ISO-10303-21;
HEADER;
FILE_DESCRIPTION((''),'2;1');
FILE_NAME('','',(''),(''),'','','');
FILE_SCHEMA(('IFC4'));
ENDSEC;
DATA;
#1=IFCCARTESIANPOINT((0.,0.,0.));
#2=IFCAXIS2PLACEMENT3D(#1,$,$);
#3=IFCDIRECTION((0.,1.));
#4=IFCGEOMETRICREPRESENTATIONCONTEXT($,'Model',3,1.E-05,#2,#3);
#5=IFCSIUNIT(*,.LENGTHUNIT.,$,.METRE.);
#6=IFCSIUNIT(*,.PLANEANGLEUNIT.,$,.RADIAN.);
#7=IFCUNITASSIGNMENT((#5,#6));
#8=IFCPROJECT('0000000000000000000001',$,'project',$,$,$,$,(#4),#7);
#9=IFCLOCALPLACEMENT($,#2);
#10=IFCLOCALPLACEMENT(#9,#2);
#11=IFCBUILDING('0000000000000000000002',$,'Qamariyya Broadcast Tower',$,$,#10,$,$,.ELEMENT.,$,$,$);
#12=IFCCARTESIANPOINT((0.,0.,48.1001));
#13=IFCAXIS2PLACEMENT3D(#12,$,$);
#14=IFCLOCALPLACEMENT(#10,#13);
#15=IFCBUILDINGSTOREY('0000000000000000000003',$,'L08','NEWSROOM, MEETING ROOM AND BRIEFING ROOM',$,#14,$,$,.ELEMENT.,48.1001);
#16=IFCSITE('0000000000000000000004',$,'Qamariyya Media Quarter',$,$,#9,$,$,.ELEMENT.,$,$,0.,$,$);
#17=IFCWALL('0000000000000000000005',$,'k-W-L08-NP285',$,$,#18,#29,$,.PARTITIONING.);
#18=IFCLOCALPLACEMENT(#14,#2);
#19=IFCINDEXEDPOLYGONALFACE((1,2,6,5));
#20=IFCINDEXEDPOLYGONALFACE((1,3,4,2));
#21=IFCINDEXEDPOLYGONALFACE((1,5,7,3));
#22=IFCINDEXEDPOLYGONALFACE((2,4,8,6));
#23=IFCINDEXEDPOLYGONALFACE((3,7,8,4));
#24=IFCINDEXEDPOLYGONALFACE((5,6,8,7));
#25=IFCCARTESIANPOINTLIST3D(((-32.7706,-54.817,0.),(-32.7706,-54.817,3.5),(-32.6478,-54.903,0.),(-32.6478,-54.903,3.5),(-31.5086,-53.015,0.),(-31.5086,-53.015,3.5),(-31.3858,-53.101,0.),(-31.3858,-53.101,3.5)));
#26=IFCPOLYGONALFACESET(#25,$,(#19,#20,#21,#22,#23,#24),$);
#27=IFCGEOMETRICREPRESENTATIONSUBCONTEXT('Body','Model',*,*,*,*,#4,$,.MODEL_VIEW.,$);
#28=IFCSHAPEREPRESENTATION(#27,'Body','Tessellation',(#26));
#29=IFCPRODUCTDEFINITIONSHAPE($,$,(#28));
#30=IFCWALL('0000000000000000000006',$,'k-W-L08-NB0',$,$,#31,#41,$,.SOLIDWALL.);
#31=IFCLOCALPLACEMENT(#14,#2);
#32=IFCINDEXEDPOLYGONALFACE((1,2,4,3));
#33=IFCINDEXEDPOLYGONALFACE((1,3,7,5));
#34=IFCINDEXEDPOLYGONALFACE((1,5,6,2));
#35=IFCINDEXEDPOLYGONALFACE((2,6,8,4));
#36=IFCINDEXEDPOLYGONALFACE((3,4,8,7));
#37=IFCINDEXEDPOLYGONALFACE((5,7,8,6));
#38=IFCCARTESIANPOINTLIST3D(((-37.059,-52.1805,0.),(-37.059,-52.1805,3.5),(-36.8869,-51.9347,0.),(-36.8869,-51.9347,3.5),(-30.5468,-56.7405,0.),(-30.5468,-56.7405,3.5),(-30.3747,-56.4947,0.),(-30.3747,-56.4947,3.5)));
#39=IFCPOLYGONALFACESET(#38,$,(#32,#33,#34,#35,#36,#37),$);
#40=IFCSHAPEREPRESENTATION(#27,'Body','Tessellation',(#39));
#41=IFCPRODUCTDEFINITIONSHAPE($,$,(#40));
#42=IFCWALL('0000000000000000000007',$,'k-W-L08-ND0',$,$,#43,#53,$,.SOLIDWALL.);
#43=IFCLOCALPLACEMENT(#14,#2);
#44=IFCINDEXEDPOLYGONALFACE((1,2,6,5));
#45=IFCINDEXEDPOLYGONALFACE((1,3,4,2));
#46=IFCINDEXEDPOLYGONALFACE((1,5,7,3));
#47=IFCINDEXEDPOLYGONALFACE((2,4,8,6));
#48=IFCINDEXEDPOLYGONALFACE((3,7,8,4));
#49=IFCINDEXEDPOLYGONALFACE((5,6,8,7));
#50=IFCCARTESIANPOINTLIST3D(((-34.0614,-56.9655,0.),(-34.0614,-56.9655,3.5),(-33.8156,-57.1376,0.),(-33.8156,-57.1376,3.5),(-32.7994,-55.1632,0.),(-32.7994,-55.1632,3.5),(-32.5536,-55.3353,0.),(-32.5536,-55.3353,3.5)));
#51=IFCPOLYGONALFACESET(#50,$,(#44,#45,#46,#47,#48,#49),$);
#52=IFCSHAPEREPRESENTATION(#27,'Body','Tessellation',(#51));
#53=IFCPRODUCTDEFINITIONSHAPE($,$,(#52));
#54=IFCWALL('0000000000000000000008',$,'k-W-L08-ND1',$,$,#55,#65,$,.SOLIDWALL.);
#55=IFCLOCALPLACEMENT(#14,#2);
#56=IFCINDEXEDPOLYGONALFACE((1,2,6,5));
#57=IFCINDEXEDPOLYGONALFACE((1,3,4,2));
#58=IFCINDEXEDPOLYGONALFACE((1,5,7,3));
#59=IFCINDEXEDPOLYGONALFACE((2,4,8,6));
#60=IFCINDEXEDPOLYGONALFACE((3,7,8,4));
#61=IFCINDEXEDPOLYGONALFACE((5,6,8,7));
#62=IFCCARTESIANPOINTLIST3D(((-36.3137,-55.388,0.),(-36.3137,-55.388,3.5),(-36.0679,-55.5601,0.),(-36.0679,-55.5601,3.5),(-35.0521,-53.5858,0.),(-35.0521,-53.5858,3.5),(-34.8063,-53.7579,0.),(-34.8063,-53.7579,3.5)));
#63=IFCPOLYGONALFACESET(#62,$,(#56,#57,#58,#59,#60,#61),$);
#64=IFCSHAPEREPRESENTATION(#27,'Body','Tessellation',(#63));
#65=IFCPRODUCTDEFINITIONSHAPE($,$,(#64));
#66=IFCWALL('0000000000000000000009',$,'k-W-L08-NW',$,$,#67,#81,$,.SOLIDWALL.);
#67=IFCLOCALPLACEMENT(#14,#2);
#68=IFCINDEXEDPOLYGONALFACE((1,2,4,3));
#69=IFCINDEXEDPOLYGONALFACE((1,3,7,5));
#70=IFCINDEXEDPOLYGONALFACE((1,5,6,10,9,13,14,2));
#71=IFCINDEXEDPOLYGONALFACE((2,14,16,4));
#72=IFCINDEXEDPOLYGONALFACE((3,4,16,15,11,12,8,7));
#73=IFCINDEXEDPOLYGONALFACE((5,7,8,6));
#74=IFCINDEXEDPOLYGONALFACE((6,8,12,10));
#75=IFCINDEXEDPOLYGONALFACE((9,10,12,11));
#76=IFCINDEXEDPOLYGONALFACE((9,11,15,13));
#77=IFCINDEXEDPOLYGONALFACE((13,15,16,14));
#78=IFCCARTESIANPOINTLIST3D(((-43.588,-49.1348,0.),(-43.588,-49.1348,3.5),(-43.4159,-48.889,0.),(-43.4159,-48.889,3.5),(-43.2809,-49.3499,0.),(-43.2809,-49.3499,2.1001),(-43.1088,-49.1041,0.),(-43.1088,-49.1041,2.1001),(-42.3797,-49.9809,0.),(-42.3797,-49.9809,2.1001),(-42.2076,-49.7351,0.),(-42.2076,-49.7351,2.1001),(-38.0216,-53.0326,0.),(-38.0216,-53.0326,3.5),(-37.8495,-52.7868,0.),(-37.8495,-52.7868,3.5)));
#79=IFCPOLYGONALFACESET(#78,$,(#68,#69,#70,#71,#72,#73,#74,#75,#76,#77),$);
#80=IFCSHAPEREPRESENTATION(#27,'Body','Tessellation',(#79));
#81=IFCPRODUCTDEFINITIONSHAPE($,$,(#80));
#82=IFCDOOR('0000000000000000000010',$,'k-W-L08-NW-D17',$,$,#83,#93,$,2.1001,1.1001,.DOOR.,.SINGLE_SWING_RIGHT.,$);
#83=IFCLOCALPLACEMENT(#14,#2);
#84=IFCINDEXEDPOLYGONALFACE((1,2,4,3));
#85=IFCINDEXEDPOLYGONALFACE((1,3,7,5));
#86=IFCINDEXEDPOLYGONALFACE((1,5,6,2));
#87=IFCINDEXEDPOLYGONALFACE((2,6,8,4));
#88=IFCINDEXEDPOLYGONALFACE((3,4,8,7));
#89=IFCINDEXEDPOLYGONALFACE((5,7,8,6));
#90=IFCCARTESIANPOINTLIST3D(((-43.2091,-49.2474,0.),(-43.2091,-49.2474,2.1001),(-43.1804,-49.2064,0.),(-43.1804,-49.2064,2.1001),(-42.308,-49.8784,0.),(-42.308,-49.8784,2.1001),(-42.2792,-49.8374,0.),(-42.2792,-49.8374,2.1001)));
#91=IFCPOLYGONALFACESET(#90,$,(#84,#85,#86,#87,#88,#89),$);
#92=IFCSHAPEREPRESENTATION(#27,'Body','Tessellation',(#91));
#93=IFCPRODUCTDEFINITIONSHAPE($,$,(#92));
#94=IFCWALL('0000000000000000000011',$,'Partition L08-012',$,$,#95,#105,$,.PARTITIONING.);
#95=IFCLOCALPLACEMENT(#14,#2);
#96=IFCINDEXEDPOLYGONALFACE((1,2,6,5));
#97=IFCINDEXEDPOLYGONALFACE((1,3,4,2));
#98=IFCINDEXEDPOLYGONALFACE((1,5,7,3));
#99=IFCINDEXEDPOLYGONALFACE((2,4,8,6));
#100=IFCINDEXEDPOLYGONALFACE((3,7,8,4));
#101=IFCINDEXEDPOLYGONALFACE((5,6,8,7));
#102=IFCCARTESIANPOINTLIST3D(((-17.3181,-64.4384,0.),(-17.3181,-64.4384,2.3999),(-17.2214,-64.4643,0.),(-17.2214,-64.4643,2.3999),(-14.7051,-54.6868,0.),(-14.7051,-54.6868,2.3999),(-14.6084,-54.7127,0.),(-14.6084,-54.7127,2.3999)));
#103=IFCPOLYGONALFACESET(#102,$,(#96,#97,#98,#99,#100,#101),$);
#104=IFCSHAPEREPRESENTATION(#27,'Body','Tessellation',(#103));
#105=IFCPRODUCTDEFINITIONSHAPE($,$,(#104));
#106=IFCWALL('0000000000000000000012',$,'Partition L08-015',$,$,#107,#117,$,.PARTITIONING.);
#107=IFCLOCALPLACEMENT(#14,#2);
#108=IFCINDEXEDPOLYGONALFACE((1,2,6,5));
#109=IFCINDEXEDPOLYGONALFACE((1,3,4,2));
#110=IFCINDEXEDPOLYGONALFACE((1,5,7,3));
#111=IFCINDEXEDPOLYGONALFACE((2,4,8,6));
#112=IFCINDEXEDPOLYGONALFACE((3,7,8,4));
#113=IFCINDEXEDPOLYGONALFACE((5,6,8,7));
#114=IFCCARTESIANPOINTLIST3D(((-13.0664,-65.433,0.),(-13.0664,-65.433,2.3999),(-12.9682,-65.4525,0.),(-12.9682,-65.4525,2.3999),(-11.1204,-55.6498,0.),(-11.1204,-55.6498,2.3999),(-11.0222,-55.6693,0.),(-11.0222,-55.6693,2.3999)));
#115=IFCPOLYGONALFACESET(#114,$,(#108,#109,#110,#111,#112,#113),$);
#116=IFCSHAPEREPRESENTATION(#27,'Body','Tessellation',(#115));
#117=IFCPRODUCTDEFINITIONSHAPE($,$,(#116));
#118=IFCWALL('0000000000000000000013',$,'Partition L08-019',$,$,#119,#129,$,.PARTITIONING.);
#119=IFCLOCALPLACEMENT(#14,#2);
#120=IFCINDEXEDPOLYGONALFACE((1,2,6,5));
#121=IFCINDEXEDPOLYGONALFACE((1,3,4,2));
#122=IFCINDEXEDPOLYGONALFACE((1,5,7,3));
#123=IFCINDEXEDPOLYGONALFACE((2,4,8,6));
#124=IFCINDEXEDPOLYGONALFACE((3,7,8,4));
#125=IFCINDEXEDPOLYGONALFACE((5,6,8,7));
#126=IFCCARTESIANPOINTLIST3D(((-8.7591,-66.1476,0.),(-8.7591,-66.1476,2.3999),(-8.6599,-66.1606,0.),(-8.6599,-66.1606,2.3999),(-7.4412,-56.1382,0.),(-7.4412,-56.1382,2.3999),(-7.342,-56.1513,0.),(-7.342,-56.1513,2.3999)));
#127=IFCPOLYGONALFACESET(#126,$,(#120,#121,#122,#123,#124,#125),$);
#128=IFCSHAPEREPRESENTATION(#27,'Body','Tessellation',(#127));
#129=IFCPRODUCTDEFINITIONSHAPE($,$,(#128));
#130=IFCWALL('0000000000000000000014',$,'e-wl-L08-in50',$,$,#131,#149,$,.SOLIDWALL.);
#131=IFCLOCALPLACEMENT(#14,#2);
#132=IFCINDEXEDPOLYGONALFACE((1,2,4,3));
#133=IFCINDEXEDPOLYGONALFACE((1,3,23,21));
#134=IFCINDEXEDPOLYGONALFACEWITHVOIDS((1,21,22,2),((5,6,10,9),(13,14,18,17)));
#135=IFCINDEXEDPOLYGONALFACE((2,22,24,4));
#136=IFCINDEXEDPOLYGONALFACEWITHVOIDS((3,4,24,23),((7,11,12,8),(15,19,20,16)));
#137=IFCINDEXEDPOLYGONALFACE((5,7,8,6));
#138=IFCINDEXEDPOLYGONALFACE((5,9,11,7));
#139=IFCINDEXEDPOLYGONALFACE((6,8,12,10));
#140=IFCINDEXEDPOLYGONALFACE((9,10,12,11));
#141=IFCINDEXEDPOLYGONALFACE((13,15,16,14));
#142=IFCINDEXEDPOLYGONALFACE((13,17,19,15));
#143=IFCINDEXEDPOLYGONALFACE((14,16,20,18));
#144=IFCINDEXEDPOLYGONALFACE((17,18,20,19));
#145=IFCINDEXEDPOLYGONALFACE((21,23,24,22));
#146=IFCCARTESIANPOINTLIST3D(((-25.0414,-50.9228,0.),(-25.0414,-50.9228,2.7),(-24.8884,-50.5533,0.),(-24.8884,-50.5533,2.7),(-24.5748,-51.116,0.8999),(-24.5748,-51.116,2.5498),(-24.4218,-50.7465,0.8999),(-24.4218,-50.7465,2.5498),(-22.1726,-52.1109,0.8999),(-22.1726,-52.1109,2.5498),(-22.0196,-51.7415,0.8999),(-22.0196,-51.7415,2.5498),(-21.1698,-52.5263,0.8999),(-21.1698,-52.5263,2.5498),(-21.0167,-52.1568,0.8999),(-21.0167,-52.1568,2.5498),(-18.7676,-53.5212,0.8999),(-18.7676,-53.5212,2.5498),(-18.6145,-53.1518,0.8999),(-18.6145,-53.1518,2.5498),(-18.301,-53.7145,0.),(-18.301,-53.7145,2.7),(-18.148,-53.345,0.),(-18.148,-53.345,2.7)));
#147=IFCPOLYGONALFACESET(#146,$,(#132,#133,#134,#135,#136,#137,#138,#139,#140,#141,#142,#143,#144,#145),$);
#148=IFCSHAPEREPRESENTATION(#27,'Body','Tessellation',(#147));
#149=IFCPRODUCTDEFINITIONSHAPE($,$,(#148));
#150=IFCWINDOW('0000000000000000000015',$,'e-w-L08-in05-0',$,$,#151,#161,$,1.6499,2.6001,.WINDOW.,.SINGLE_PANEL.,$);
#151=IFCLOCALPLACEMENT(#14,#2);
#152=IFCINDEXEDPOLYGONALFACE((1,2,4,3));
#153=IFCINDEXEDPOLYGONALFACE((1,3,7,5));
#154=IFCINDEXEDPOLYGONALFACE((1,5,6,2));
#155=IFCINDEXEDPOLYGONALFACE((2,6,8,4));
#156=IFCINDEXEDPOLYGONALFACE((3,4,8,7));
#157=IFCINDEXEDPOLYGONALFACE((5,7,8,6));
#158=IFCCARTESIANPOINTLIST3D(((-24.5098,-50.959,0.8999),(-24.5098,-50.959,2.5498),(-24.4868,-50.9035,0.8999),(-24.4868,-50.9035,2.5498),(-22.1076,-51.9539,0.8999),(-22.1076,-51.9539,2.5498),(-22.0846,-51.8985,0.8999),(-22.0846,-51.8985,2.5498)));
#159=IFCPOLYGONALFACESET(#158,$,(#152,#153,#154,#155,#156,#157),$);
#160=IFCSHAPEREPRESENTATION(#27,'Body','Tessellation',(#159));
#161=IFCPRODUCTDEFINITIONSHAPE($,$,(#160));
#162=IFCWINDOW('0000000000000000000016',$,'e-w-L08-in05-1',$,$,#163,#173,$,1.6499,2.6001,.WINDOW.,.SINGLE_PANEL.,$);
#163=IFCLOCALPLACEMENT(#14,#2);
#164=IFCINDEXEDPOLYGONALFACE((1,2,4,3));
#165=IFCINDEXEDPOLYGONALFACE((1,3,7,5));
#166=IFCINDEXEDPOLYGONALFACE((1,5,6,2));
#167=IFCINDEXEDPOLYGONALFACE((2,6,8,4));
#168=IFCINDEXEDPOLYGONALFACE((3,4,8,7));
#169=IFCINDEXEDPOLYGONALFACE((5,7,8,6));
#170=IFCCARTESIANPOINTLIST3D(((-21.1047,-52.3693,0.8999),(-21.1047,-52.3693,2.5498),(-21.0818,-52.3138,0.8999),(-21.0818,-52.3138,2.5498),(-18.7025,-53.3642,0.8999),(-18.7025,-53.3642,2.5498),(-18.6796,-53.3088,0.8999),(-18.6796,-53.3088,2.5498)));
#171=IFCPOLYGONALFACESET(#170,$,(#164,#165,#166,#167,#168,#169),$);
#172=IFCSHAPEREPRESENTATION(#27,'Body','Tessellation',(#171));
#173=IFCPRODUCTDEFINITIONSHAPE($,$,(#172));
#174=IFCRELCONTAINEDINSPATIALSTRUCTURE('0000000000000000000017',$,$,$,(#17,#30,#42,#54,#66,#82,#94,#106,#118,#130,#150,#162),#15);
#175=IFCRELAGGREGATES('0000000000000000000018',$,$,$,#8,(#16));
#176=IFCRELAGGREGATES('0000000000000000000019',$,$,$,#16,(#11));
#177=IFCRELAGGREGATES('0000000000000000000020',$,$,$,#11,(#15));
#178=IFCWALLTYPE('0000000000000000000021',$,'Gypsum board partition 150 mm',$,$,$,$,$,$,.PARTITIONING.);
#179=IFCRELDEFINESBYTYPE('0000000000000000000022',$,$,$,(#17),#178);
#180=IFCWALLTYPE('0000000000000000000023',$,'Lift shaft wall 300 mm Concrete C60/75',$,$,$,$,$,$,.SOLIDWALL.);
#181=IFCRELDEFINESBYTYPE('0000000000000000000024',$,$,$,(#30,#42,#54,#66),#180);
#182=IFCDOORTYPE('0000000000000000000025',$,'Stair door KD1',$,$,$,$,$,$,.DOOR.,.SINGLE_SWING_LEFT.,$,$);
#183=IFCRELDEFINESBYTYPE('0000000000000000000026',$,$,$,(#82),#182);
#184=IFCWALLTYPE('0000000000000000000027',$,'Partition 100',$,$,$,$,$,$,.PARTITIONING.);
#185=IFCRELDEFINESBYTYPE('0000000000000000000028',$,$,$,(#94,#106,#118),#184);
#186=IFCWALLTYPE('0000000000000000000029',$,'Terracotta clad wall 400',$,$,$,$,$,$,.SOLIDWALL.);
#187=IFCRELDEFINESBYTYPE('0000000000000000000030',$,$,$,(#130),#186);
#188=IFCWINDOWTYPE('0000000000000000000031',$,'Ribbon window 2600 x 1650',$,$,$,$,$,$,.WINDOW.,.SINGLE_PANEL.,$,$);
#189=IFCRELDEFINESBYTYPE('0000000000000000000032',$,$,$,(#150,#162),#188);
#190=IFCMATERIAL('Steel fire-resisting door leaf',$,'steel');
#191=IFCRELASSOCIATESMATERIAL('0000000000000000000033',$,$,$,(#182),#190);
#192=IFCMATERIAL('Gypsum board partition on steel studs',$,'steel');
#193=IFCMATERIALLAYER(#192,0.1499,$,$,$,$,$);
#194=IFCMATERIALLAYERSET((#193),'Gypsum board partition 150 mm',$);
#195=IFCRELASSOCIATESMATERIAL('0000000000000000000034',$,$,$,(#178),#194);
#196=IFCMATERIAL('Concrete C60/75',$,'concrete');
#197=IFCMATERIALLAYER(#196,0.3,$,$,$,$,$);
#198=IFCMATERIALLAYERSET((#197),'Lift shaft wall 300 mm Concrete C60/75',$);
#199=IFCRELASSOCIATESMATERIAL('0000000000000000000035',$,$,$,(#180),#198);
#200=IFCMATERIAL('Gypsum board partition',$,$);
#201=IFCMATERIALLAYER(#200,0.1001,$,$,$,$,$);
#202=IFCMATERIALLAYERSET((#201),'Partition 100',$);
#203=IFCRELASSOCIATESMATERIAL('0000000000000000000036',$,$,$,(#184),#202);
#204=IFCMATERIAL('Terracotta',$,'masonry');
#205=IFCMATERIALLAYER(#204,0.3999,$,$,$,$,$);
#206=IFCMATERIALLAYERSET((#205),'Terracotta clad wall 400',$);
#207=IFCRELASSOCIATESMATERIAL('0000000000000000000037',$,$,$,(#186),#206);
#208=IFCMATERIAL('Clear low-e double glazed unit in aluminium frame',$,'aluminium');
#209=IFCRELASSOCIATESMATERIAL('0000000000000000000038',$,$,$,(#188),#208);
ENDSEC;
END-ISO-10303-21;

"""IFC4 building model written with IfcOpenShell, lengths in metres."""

from ifc_helpers import new_model, si_unit, direction, frame, frame_2d, origin, place, context, subcontext, project, spatial, rectangle, extrude, material, layer, layer_set, type_object, element, fill, save


model = new_model("IFC4")

# Units and contexts
model_context = context("Model", 3, precision=1e-05, world=origin(), true_north=direction((0.0, 1.0)))
body_context = subcontext(model_context, "Body", "Model", "MODEL_VIEW")
ifc_project = project(units=[si_unit("LENGTHUNIT", "METRE"), si_unit("PLANEANGLEUNIT", "RADIAN")], contexts=[model_context])

# Site, building, storey
site_placement = place(None, origin())
site = spatial("IfcSite", under=ifc_project, at=site_placement, Name="Qamariyya Media Quarter", CompositionType="ELEMENT", RefElevation=0.0)
building_placement = place(site_placement, origin())
building = spatial("IfcBuilding", under=site, at=building_placement, Name="Qamariyya Broadcast Tower", CompositionType="ELEMENT")
storey_placement = place(building_placement, frame((0.0, 0.0, 48.1001)))
storey = spatial("IfcBuildingStorey", under=building, at=storey_placement, Name="L08", Description="NEWSROOM, MEETING ROOM AND BRIEFING ROOM", CompositionType="ELEMENT", Elevation=48.1001)

# Shared definitions
ifc_material_1 = material(Name="Steel fire-resisting door leaf", Category="steel")
door_type_1 = type_object("IfcDoorType", Name="Stair door KD1", OperationType="SINGLE_SWING_LEFT", PredefinedType="DOOR", material=ifc_material_1)

# Walls
ifc_material_2 = material(Name="Concrete C60/75", Category="concrete")
ifc_material_3 = material(Name="Gypsum board partition on steel studs", Category="steel")
ifc_layer_1 = layer(ifc_material_3, 0.1499)
ifc_layer_set_1 = layer_set([ifc_layer_1], Name="Gypsum board partition 150 mm")
wall_type_1 = type_object("IfcWallType", Name="Gypsum board partition 150 mm", PredefinedType="PARTITIONING", material=ifc_layer_set_1)
wall_1_placement = place(storey_placement, frame((-32.7092, -54.8601, 0.0), z_axis=(0.0, 0.0, 1.0), x_axis=(0.573634, 0.819112, 0.0)))
element("IfcWall", 1, at=wall_1_placement, inside=storey, type_object=wall_type_1, Name="k-W-L08-NP285", PredefinedType="PARTITIONING", context=body_context, shape_type="SweptSolid", body=[
    extrude(rectangle(XDim=2.2, YDim=0.1499, at=frame_2d((1.1001, 0.0))), origin(), (0.0, 0.0, 1.0), 3.5),
])
ifc_layer_2 = layer(ifc_material_2, 0.3)
ifc_layer_set_2 = layer_set([ifc_layer_2], Name="Lift shaft wall 300 mm Concrete C60/75")
wall_type_2 = type_object("IfcWallType", Name="Lift shaft wall 300 mm Concrete C60/75", PredefinedType="SOLIDWALL", material=ifc_layer_set_2)
wall_2_placement = place(storey_placement, frame((-30.4607, -56.6177, 0.0), z_axis=(0.0, 0.0, 1.0), x_axis=(-0.819142, 0.57359, 0.0)))
element("IfcWall", 2, at=wall_2_placement, inside=storey, type_object=wall_type_2, Name="k-W-L08-NB0", PredefinedType="SOLIDWALL", context=body_context, shape_type="SweptSolid", body=[
    extrude(rectangle(XDim=7.95, YDim=0.3, at=frame_2d((3.9751, 0.0))), origin(), (0.0, 0.0, 1.0), 3.5),
])
wall_3_placement = place(storey_placement, frame((-33.9385, -57.0515, 0.0), z_axis=(0.0, 0.0, 1.0), x_axis=(0.573581, 0.819149, 0.0)))
element("IfcWall", 3, at=wall_3_placement, inside=storey, type_object=wall_type_2, Name="k-W-L08-ND0", PredefinedType="SOLIDWALL", context=body_context, shape_type="SweptSolid", body=[
    extrude(rectangle(XDim=2.2002, YDim=0.3, at=frame_2d((1.1001, 0.0))), origin(), (0.0, 0.0, 1.0), 3.5),
])
wall_4_placement = place(storey_placement, frame((-36.1909, -55.4741, 0.0), z_axis=(0.0, 0.0, 1.0), x_axis=(0.573507, 0.819201, 0.0)))
element("IfcWall", 4, at=wall_4_placement, inside=storey, type_object=wall_type_2, Name="k-W-L08-ND1", PredefinedType="SOLIDWALL", context=body_context, shape_type="SweptSolid", body=[
    extrude(rectangle(XDim=2.2, YDim=0.3, at=frame_2d((1.1001, 0.0))), origin(), (0.0, 0.0, 1.0), 3.5),
])

# Wall, opening, door
wall_5_placement = place(storey_placement, frame((-37.9355, -52.9097, 0.0), z_axis=(0.0, 0.0, 1.0), x_axis=(-0.819148, 0.573583, 0.0)))
wall_5 = element("IfcWall", 5, at=wall_5_placement, inside=storey, type_object=wall_type_2, Name="k-W-L08-NW", PredefinedType="SOLIDWALL", context=body_context, shape_type="SweptSolid", body=[
    extrude(rectangle(XDim=6.7954, YDim=0.3, at=frame_2d((3.3977, 0.0))), origin(), (0.0, 0.0, 1.0), 3.5),
])
opening_1_placement = place(wall_5_placement, frame((5.3203, 0.0, 0.0)))
opening_1 = element("IfcOpeningElement", 6, at=opening_1_placement, cuts=wall_5, PredefinedType="OPENING", context=body_context, shape_type="SweptSolid", body=[
    extrude(rectangle(XDim=1.1001, YDim=2.1001, at=frame_2d((0.55, 1.05))), frame((0.0, 0.1599, 0.0), z_axis=(0.0, -1.0, 0.0), x_axis=(1.0, 0.0, 0.0)), (0.0, 0.0, 1.0), 0.3201),
])
door_1_placement = place(opening_1_placement, origin())
door_1 = element("IfcDoor", 7, at=door_1_placement, inside=storey, type_object=door_type_1, Name="k-W-L08-NW-D17", OperationType="SINGLE_SWING_RIGHT", OverallHeight=2.1001, OverallWidth=1.1001, PredefinedType="DOOR", context=body_context, shape_type="SweptSolid", body=[
    extrude(rectangle(XDim=1.1001, YDim=2.1001, at=frame_2d((0.55, 1.05))), frame((0.0, 0.0249, 0.0), z_axis=(0.0, -1.0, 0.0), x_axis=(1.0, 0.0, 0.0)), (0.0, 0.0, 1.0), 0.05),
])
fill(opening_1, door_1)

# Walls
ifc_material_4 = material(Name="Gypsum board partition")
ifc_layer_3 = layer(ifc_material_4, 0.1001)
ifc_layer_set_3 = layer_set([ifc_layer_3], Name="Partition 100")
wall_type_3 = type_object("IfcWallType", Name="Partition 100", PredefinedType="PARTITIONING", material=ifc_layer_set_3)
wall_6_placement = place(storey_placement, frame((-14.6567, -54.6997, 0.0), z_axis=(0.0, 0.0, 1.0), x_axis=(-0.258826, -0.965924, 0.0)))
element("IfcWall", 8, at=wall_6_placement, inside=storey, type_object=wall_type_3, Name="Partition L08-012", PredefinedType="PARTITIONING", context=body_context, shape_type="SweptSolid", body=[
    extrude(rectangle(XDim=10.0957, YDim=0.1001, at=frame_2d((5.0479, 0.0))), origin(), (0.0, 0.0, 1.0), 2.3999),
])
wall_7_placement = place(storey_placement, frame((-11.0713, -55.6597, 0.0), z_axis=(0.0, 0.0, 1.0), x_axis=(-0.195095, -0.980784, 0.0)))
element("IfcWall", 9, at=wall_7_placement, inside=storey, type_object=wall_type_3, Name="Partition L08-015", PredefinedType="PARTITIONING", context=body_context, shape_type="SweptSolid", body=[
    extrude(rectangle(XDim=9.9749, YDim=0.1001, at=frame_2d((4.9873, 0.0))), origin(), (0.0, 0.0, 1.0), 2.3999),
])
wall_8_placement = place(storey_placement, frame((-7.3916, -56.1448, 0.0), z_axis=(0.0, 0.0, 1.0), x_axis=(-0.130538, -0.991443, 0.0)))
element("IfcWall", 10, at=wall_8_placement, inside=storey, type_object=wall_type_3, Name="Partition L08-019", PredefinedType="PARTITIONING", context=body_context, shape_type="SweptSolid", body=[
    extrude(rectangle(XDim=10.0957, YDim=0.1001, at=frame_2d((5.0479, 0.0))), origin(), (0.0, 0.0, 1.0), 2.3999),
])

# Wall, openings, windows
ifc_material_5 = material(Name="Terracotta", Category="masonry")
ifc_layer_4 = layer(ifc_material_5, 0.3999)
ifc_layer_set_4 = layer_set([ifc_layer_4], Name="Terracotta clad wall 400")
wall_type_4 = type_object("IfcWallType", Name="Terracotta clad wall 400", PredefinedType="SOLIDWALL", material=ifc_layer_set_4)
wall_9_placement = place(storey_placement, frame((-18.2244, -53.5298, 0.0), z_axis=(0.0, 0.0, 1.0), x_axis=(-0.923892, 0.382654, 0.0)))
wall_9 = element("IfcWall", 11, at=wall_9_placement, inside=storey, type_object=wall_type_4, Name="e-wl-L08-in50", PredefinedType="SOLIDWALL", context=body_context, shape_type="SweptSolid", body=[
    extrude(rectangle(XDim=7.2957, YDim=0.3999, at=frame_2d((3.6479, 0.0))), origin(), (0.0, 0.0, 1.0), 2.7),
])
opening_2_placement = place(wall_9_placement, frame((4.1907, 0.0, 0.8999)))
opening_2 = element("IfcOpeningElement", 12, at=opening_2_placement, cuts=wall_9, PredefinedType="OPENING", context=body_context, shape_type="SweptSolid", body=[
    extrude(rectangle(XDim=2.6001, YDim=1.6499, at=frame_2d((1.3, 0.825))), frame((0.0, 0.21, 0.0), z_axis=(0.0, -1.0, 0.0), x_axis=(1.0, 0.0, 0.0)), (0.0, 0.0, 1.0), 0.4199),
])
opening_3_placement = place(wall_9_placement, frame((0.5051, 0.0, 0.8999)))
opening_3 = element("IfcOpeningElement", 13, at=opening_3_placement, cuts=wall_9, PredefinedType="OPENING", context=body_context, shape_type="SweptSolid", body=[
    extrude(rectangle(XDim=2.6001, YDim=1.6499, at=frame_2d((1.3, 0.825))), frame((0.0, 0.21, 0.0), z_axis=(0.0, -1.0, 0.0), x_axis=(1.0, 0.0, 0.0)), (0.0, 0.0, 1.0), 0.4199),
])
ifc_material_6 = material(Name="Clear low-e double glazed unit in aluminium frame", Category="aluminium")
window_type = type_object("IfcWindowType", Name="Ribbon window 2600 x 1650", PartitioningType="SINGLE_PANEL", PredefinedType="WINDOW", material=ifc_material_6)
window_1_placement = place(opening_2_placement, origin())
window_1 = element("IfcWindow", 14, at=window_1_placement, inside=storey, type_object=window_type, Name="e-w-L08-in05-0", OverallHeight=1.6499, OverallWidth=2.6001, PartitioningType="SINGLE_PANEL", PredefinedType="WINDOW", context=body_context, shape_type="SweptSolid", body=[
    extrude(rectangle(XDim=2.6001, YDim=1.6499, at=frame_2d((1.3, 0.825))), frame((0.0, 0.03, 0.0), z_axis=(0.0, -1.0, 0.0), x_axis=(1.0, 0.0, 0.0)), (0.0, 0.0, 1.0), 0.0601),
])
fill(opening_2, window_1)
window_2_placement = place(opening_3_placement, origin())
window_2 = element("IfcWindow", 15, at=window_2_placement, inside=storey, type_object=window_type, Name="e-w-L08-in05-1", OverallHeight=1.6499, OverallWidth=2.6001, PartitioningType="SINGLE_PANEL", PredefinedType="WINDOW", context=body_context, shape_type="SweptSolid", body=[
    extrude(rectangle(XDim=2.6001, YDim=1.6499, at=frame_2d((1.3, 0.825))), frame((0.0, 0.03, 0.0), z_axis=(0.0, -1.0, 0.0), x_axis=(1.0, 0.0, 0.0)), (0.0, 0.0, 1.0), 0.0601),
])
fill(opening_3, window_2)

save(model, "model.ifc")
